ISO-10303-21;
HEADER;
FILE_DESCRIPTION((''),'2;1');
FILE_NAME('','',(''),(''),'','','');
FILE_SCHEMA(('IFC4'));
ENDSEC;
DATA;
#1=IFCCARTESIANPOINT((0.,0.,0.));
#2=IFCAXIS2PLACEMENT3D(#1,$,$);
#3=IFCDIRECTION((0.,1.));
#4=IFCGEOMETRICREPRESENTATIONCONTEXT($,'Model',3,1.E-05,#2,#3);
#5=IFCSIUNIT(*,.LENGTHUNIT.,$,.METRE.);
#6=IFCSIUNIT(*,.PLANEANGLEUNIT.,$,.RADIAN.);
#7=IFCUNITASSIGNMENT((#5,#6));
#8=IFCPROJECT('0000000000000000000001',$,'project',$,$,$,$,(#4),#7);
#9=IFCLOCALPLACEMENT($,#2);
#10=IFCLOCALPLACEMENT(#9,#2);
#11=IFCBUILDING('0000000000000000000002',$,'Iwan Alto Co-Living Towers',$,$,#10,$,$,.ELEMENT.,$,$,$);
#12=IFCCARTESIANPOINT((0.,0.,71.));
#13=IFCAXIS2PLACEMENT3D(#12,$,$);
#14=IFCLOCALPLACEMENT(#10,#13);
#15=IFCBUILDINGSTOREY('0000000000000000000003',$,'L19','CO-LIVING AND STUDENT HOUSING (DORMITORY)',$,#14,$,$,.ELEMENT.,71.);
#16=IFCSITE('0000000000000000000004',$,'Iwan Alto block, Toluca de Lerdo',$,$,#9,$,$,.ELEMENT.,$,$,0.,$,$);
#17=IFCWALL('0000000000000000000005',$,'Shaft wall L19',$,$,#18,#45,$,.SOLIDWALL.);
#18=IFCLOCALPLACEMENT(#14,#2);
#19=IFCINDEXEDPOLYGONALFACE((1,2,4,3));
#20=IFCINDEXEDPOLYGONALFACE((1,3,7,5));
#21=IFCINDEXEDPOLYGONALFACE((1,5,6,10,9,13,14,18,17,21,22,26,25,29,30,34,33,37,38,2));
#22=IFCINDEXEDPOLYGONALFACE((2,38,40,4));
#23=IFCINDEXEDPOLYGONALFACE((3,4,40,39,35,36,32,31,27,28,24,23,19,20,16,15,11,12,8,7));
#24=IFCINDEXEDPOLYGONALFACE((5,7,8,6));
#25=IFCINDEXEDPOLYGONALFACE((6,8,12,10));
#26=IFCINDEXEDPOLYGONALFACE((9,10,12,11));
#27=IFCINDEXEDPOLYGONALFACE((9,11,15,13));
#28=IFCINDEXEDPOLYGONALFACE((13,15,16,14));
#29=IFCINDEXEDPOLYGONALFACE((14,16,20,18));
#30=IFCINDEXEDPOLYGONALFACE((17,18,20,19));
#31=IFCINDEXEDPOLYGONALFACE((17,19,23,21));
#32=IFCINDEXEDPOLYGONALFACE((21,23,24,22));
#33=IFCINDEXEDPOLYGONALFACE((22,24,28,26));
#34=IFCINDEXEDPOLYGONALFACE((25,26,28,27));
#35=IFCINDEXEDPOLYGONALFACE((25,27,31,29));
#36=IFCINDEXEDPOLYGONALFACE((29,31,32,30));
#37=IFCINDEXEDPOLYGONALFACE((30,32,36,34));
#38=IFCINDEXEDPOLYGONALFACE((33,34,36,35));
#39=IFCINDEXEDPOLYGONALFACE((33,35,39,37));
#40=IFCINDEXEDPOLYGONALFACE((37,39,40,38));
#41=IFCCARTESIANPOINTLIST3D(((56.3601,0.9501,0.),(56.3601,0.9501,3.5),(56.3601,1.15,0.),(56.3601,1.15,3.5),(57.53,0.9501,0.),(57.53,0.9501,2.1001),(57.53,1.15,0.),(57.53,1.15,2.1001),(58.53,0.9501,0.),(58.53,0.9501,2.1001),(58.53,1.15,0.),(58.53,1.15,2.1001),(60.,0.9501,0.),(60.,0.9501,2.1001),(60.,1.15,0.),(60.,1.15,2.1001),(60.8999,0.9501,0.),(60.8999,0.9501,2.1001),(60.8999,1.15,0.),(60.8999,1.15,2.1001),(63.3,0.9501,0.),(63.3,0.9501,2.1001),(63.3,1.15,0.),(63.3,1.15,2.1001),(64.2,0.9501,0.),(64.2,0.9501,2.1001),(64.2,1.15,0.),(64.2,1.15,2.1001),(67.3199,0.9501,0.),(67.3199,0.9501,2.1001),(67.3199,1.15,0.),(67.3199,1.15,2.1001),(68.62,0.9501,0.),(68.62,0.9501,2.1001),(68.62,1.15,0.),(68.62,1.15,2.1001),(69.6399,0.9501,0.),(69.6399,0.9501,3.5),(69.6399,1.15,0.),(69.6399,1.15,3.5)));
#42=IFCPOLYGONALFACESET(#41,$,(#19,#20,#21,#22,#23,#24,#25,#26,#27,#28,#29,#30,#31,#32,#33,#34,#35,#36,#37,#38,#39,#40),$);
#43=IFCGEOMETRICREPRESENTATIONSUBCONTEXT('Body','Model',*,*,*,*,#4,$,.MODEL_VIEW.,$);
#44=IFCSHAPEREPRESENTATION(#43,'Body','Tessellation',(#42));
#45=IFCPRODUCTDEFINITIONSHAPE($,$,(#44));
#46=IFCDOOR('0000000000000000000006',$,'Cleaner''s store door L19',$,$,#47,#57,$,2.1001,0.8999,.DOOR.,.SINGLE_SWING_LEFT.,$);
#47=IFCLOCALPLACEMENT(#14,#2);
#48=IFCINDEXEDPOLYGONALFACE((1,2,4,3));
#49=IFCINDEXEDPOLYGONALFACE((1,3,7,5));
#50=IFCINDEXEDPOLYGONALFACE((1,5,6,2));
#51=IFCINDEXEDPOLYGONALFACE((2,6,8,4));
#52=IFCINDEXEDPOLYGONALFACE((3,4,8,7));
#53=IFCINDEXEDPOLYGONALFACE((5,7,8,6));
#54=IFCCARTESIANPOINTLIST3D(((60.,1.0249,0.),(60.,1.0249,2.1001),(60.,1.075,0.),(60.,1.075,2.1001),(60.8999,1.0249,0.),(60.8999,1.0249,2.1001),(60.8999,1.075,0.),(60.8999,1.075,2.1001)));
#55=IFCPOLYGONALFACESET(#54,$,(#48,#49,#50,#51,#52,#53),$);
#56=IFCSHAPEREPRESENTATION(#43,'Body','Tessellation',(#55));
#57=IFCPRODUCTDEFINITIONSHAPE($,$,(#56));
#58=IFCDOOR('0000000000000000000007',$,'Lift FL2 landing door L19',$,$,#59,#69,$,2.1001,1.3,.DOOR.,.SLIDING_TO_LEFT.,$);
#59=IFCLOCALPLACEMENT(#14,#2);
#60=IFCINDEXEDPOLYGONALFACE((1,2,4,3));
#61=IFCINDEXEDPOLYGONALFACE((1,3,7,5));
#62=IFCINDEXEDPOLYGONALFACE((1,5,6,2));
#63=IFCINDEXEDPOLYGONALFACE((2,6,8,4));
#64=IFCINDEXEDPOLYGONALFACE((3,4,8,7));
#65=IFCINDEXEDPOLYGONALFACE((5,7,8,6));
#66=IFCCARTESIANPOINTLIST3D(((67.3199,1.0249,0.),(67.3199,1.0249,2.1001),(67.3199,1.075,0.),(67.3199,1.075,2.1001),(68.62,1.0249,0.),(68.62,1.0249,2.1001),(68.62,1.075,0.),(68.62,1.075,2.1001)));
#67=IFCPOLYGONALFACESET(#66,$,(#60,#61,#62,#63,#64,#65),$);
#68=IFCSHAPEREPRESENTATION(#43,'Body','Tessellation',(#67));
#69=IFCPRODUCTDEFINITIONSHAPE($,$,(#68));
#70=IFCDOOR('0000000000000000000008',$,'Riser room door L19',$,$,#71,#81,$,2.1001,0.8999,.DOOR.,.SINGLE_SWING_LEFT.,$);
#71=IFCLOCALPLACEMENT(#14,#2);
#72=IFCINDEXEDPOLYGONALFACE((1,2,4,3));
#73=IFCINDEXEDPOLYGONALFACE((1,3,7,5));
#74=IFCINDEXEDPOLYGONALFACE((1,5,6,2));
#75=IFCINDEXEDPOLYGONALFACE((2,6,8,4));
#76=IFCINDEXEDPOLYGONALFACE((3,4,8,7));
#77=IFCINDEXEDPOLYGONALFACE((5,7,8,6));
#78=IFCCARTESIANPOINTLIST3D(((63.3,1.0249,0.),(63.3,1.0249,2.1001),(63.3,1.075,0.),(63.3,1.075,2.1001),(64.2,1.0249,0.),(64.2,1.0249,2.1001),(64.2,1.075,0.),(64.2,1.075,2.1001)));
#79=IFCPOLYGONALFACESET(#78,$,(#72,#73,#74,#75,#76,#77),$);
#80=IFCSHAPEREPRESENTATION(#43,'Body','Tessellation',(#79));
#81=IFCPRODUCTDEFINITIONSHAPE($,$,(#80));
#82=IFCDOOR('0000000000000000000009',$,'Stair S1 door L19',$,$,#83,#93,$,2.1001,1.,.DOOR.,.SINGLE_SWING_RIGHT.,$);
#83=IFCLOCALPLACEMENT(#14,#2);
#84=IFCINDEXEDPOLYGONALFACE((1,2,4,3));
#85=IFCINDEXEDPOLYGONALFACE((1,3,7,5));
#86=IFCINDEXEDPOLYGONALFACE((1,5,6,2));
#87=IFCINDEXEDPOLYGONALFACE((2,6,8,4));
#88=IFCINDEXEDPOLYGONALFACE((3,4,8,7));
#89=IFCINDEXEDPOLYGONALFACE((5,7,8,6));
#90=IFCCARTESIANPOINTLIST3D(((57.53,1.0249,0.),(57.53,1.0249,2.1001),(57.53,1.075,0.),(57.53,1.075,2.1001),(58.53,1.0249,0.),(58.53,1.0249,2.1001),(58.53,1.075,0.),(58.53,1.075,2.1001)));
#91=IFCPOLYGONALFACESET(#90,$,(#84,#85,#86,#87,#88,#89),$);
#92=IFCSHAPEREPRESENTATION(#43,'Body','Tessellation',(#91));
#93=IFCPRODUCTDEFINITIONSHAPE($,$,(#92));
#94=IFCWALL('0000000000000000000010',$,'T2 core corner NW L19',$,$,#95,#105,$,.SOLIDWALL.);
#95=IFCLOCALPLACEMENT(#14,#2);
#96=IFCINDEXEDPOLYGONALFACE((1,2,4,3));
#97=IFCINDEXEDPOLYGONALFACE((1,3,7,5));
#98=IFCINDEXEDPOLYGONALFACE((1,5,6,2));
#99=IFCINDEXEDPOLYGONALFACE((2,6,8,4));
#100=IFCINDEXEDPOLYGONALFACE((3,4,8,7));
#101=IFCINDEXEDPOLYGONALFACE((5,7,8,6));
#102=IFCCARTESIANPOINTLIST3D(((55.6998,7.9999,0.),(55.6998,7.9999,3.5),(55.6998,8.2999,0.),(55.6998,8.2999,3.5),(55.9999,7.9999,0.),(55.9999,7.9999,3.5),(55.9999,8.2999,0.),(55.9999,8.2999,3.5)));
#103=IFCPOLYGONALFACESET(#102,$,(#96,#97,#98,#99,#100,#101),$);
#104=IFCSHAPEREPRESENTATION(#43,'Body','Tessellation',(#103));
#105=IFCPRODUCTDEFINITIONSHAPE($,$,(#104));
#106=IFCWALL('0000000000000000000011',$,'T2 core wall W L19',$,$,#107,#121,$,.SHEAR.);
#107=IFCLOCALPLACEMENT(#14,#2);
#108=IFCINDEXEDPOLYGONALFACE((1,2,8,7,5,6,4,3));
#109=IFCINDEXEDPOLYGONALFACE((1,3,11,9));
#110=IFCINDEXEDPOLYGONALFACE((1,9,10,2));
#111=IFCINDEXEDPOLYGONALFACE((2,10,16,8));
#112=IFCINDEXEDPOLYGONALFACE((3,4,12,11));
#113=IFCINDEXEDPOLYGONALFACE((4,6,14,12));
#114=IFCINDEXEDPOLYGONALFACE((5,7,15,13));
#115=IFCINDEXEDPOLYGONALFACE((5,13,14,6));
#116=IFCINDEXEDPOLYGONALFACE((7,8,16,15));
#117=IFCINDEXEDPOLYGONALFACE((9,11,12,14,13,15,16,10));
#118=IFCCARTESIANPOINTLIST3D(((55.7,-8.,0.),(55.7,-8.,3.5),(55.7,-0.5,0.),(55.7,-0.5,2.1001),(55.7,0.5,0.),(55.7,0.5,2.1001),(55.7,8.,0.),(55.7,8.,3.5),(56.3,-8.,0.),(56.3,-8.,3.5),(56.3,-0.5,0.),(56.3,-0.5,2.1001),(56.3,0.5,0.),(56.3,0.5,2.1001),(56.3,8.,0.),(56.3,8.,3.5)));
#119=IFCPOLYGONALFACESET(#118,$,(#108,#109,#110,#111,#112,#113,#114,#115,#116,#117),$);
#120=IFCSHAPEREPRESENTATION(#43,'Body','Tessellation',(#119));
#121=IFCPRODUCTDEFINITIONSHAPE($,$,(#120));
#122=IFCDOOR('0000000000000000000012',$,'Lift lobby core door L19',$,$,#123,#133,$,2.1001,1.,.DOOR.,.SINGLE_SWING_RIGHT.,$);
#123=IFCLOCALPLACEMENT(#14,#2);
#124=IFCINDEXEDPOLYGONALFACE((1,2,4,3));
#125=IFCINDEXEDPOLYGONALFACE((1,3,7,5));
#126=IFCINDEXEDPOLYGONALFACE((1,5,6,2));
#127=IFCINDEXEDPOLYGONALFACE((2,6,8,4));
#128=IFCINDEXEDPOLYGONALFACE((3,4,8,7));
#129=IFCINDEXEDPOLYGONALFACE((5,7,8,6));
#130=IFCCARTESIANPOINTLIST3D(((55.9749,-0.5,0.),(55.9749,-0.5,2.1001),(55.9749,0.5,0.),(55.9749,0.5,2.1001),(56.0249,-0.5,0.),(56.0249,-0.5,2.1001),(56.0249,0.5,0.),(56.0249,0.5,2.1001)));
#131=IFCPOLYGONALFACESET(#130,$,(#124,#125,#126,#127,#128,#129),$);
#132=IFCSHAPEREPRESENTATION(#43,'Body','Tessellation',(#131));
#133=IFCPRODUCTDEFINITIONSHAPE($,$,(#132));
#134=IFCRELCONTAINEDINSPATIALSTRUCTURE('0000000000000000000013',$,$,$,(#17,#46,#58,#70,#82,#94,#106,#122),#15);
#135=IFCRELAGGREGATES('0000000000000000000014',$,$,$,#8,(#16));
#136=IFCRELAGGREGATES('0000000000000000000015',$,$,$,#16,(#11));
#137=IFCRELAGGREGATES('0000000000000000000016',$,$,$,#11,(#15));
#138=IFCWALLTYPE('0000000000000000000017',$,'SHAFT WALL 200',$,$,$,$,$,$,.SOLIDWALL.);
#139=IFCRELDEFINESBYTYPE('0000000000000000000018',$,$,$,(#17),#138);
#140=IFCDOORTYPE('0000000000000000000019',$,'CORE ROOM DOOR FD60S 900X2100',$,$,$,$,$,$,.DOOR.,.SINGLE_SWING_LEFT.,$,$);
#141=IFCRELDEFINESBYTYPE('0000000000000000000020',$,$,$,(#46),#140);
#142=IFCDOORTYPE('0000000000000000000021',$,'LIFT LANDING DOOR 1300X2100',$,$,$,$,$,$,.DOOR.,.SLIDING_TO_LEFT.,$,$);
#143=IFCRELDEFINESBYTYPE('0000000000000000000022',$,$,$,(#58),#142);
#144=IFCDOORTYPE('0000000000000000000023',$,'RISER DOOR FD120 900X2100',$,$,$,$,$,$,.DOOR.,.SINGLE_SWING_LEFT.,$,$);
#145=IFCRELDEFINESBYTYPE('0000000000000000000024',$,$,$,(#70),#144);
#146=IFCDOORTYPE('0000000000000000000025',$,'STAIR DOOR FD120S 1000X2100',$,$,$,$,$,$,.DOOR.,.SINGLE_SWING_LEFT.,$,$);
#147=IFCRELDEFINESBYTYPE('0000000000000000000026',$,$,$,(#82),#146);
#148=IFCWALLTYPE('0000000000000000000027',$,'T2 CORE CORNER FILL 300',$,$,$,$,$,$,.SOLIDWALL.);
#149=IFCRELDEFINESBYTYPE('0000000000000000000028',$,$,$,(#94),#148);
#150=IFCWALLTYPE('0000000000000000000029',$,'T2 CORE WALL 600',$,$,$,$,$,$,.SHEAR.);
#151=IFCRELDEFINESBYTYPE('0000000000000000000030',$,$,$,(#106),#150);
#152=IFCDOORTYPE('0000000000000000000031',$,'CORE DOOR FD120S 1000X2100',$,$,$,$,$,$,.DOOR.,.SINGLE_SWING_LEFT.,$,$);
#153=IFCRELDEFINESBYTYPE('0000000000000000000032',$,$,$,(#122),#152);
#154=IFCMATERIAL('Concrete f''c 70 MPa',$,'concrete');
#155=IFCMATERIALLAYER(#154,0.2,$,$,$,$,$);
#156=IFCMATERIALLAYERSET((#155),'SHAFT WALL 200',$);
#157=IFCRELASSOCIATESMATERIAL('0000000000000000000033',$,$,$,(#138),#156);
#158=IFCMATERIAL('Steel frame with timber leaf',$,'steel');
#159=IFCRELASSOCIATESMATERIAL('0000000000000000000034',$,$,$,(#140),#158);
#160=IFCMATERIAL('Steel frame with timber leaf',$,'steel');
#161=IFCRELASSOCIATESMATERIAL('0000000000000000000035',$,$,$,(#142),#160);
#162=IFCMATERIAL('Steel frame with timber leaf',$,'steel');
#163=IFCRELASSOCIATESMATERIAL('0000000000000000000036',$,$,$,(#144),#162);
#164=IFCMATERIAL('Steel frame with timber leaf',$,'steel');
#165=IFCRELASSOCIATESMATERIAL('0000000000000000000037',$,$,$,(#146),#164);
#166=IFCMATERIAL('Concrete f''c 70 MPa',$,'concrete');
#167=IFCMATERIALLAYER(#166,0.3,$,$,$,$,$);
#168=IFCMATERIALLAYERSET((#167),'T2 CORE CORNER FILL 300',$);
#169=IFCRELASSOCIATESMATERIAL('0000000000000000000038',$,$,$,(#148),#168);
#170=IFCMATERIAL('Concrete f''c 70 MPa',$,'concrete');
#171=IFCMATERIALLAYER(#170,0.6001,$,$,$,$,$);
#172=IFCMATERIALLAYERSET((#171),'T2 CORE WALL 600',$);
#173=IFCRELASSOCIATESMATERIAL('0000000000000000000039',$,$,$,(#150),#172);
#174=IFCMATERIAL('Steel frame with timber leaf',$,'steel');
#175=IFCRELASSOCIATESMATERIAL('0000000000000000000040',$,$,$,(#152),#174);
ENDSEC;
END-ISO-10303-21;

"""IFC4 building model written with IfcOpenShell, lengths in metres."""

from ifc_helpers import new_model, si_unit, direction, frame, frame_2d, origin, place, context, subcontext, project, spatial, rectangle, extrude, material, layer, layer_set, type_object, element, fill, save


model = new_model("IFC4")

# Units and contexts
model_context = context("Model", 3, precision=1e-05, world=origin(), true_north=direction((0.0, 1.0)))
body_context = subcontext(model_context, "Body", "Model", "MODEL_VIEW")
ifc_project = project(units=[si_unit("LENGTHUNIT", "METRE"), si_unit("PLANEANGLEUNIT", "RADIAN")], contexts=[model_context])

# Site, building, storey
site_placement = place(None, origin())
site = spatial("IfcSite", under=ifc_project, at=site_placement, Name="Iwan Alto block, Toluca de Lerdo", CompositionType="ELEMENT", RefElevation=0.0)
building_placement = place(site_placement, origin())
building = spatial("IfcBuilding", under=site, at=building_placement, Name="Iwan Alto Co-Living Towers", CompositionType="ELEMENT")
storey_placement = place(building_placement, frame((0.0, 0.0, 71.0)))
storey = spatial("IfcBuildingStorey", under=building, at=storey_placement, Name="L19", Description="CO-LIVING AND STUDENT HOUSING (DORMITORY)", CompositionType="ELEMENT", Elevation=71.0)

# Wall, openings, doors
ifc_material_1 = material(Name="Concrete f'c 70 MPa", Category="concrete")
ifc_layer_1 = layer(ifc_material_1, 0.2)
ifc_layer_set_1 = layer_set([ifc_layer_1], Name="SHAFT WALL 200")
wall_type_1 = type_object("IfcWallType", Name="SHAFT WALL 200", PredefinedType="SOLIDWALL", material=ifc_layer_set_1)
wall_1_placement = place(storey_placement, frame((56.3601, 1.05, 0.0), z_axis=(0.0, 0.0, 1.0), x_axis=(1.0, 0.0, 0.0)))
wall_1 = element("IfcWall", 1, at=wall_1_placement, inside=storey, type_object=wall_type_1, Name="Shaft wall L19", PredefinedType="SOLIDWALL", context=body_context, shape_type="SweptSolid", body=[
    extrude(rectangle(XDim=13.2798, YDim=0.2, at=frame_2d((6.6399, 0.0))), origin(), (0.0, 0.0, 1.0), 3.5),
])
opening_1_placement = place(wall_1_placement, frame((1.1699, 0.0, 0.0)))
opening_1 = element("IfcOpeningElement", 2, at=opening_1_placement, cuts=wall_1, PredefinedType="OPENING", context=body_context, shape_type="SweptSolid", body=[
    extrude(rectangle(XDim=1.0, YDim=2.1001, at=frame_2d((0.5, 1.05))), frame((0.0, 0.1099, 0.0), z_axis=(0.0, -1.0, 0.0), x_axis=(1.0, 0.0, 0.0)), (0.0, 0.0, 1.0), 0.22),
])
opening_2_placement = place(wall_1_placement, frame((6.9399, 0.0, 0.0)))
opening_2 = element("IfcOpeningElement", 3, at=opening_2_placement, cuts=wall_1, PredefinedType="OPENING", context=body_context, shape_type="SweptSolid", body=[
    extrude(rectangle(XDim=0.8999, YDim=2.1001, at=frame_2d((0.45, 1.05))), frame((0.0, 0.1099, 0.0), z_axis=(0.0, -1.0, 0.0), x_axis=(1.0, 0.0, 0.0)), (0.0, 0.0, 1.0), 0.22),
])
opening_3_placement = place(wall_1_placement, frame((3.6399, 0.0, 0.0)))
opening_3 = element("IfcOpeningElement", 4, at=opening_3_placement, cuts=wall_1, PredefinedType="OPENING", context=body_context, shape_type="SweptSolid", body=[
    extrude(rectangle(XDim=0.8999, YDim=2.1001, at=frame_2d((0.45, 1.05))), frame((0.0, 0.1099, 0.0), z_axis=(0.0, -1.0, 0.0), x_axis=(1.0, 0.0, 0.0)), (0.0, 0.0, 1.0), 0.22),
])
opening_4_placement = place(wall_1_placement, frame((10.96, 0.0, 0.0)))
opening_4 = element("IfcOpeningElement", 5, at=opening_4_placement, cuts=wall_1, PredefinedType="OPENING", context=body_context, shape_type="SweptSolid", body=[
    extrude(rectangle(XDim=1.3, YDim=2.1001, at=frame_2d((0.6499, 1.05))), frame((0.0, 0.1099, 0.0), z_axis=(0.0, -1.0, 0.0), x_axis=(1.0, 0.0, 0.0)), (0.0, 0.0, 1.0), 0.22),
])
ifc_material_2 = material(Name="Steel frame with timber leaf", Category="steel")
door_type_1 = type_object("IfcDoorType", Name="CORE ROOM DOOR FD60S 900X2100", OperationType="SINGLE_SWING_LEFT", PredefinedType="DOOR", material=ifc_material_2)
door_1_placement = place(opening_3_placement, origin())
door_1 = element("IfcDoor", 6, at=door_1_placement, inside=storey, type_object=door_type_1, Name="Cleaner's store door L19", OperationType="SINGLE_SWING_LEFT", OverallHeight=2.1001, OverallWidth=0.8999, PredefinedType="DOOR", context=body_context, shape_type="SweptSolid", body=[
    extrude(rectangle(XDim=0.8999, YDim=2.1001, at=frame_2d((0.45, 1.05))), frame((0.0, 0.0249, 0.0), z_axis=(0.0, -1.0, 0.0), x_axis=(1.0, 0.0, 0.0)), (0.0, 0.0, 1.0), 0.05),
])
fill(opening_3, door_1)
ifc_material_3 = material(Name="Steel frame with timber leaf", Category="steel")
door_type_2 = type_object("IfcDoorType", Name="LIFT LANDING DOOR 1300X2100", OperationType="SLIDING_TO_LEFT", PredefinedType="DOOR", material=ifc_material_3)
door_2_placement = place(opening_4_placement, origin())
door_2 = element("IfcDoor", 7, at=door_2_placement, inside=storey, type_object=door_type_2, Name="Lift FL2 landing door L19", OperationType="SLIDING_TO_LEFT", OverallHeight=2.1001, OverallWidth=1.3, PredefinedType="DOOR", context=body_context, shape_type="SweptSolid", body=[
    extrude(rectangle(XDim=1.3, YDim=2.1001, at=frame_2d((0.6499, 1.05))), frame((0.0, 0.0249, 0.0), z_axis=(0.0, -1.0, 0.0), x_axis=(1.0, 0.0, 0.0)), (0.0, 0.0, 1.0), 0.05),
])
fill(opening_4, door_2)
ifc_material_4 = material(Name="Steel frame with timber leaf", Category="steel")
door_type_3 = type_object("IfcDoorType", Name="RISER DOOR FD120 900X2100", OperationType="SINGLE_SWING_LEFT", PredefinedType="DOOR", material=ifc_material_4)
door_3_placement = place(opening_2_placement, origin())
door_3 = element("IfcDoor", 8, at=door_3_placement, inside=storey, type_object=door_type_3, Name="Riser room door L19", OperationType="SINGLE_SWING_LEFT", OverallHeight=2.1001, OverallWidth=0.8999, PredefinedType="DOOR", context=body_context, shape_type="SweptSolid", body=[
    extrude(rectangle(XDim=0.8999, YDim=2.1001, at=frame_2d((0.45, 1.05))), frame((0.0, 0.0249, 0.0), z_axis=(0.0, -1.0, 0.0), x_axis=(1.0, 0.0, 0.0)), (0.0, 0.0, 1.0), 0.05),
])
fill(opening_2, door_3)
ifc_material_5 = material(Name="Steel frame with timber leaf", Category="steel")
door_type_4 = type_object("IfcDoorType", Name="STAIR DOOR FD120S 1000X2100", OperationType="SINGLE_SWING_LEFT", PredefinedType="DOOR", material=ifc_material_5)
door_4_placement = place(opening_1_placement, origin())
door_4 = element("IfcDoor", 9, at=door_4_placement, inside=storey, type_object=door_type_4, Name="Stair S1 door L19", OperationType="SINGLE_SWING_RIGHT", OverallHeight=2.1001, OverallWidth=1.0, PredefinedType="DOOR", context=body_context, shape_type="SweptSolid", body=[
    extrude(rectangle(XDim=1.0, YDim=2.1001, at=frame_2d((0.5, 1.05))), frame((0.0, 0.0249, 0.0), z_axis=(0.0, -1.0, 0.0), x_axis=(1.0, 0.0, 0.0)), (0.0, 0.0, 1.0), 0.05),
])
fill(opening_1, door_4)

# Wall
ifc_material_6 = material(Name="Concrete f'c 70 MPa", Category="concrete")
ifc_layer_2 = layer(ifc_material_6, 0.3)
ifc_layer_set_2 = layer_set([ifc_layer_2], Name="T2 CORE CORNER FILL 300")
wall_type_2 = type_object("IfcWallType", Name="T2 CORE CORNER FILL 300", PredefinedType="SOLIDWALL", material=ifc_layer_set_2)
wall_2_placement = place(storey_placement, frame((55.7, 8.1499, 0.0), z_axis=(0.0, 0.0, 1.0), x_axis=(1.0, 0.0, 0.0)))
element("IfcWall", 10, at=wall_2_placement, inside=storey, type_object=wall_type_2, Name="T2 core corner NW L19", PredefinedType="SOLIDWALL", context=body_context, shape_type="SweptSolid", body=[
    extrude(rectangle(XDim=0.3, YDim=0.3, at=frame_2d((0.1499, 0.0))), origin(), (0.0, 0.0, 1.0), 3.5),
])

# Wall, opening, door
ifc_material_7 = material(Name="Concrete f'c 70 MPa", Category="concrete")
ifc_layer_3 = layer(ifc_material_7, 0.6001)
ifc_layer_set_3 = layer_set([ifc_layer_3], Name="T2 CORE WALL 600")
wall_type_3 = type_object("IfcWallType", Name="T2 CORE WALL 600", PredefinedType="SHEAR", material=ifc_layer_set_3)
wall_3_placement = place(storey_placement, frame((56.0, 8.0, 0.0), z_axis=(0.0, 0.0, 1.0), x_axis=(0.0, -1.0, 0.0)))
wall_3 = element("IfcWall", 11, at=wall_3_placement, inside=storey, type_object=wall_type_3, Name="T2 core wall W L19", PredefinedType="SHEAR", context=body_context, shape_type="SweptSolid", body=[
    extrude(rectangle(XDim=16.0, YDim=0.6001, at=frame_2d((8.0, 0.0))), origin(), (0.0, 0.0, 1.0), 3.5),
])
opening_5_placement = place(wall_3_placement, frame((7.5, 0.0, 0.0)))
opening_5 = element("IfcOpeningElement", 12, at=opening_5_placement, cuts=wall_3, PredefinedType="OPENING", context=body_context, shape_type="SweptSolid", body=[
    extrude(rectangle(XDim=1.0, YDim=2.1001, at=frame_2d((0.5, 1.05))), frame((0.0, 0.3101, 0.0), z_axis=(0.0, -1.0, 0.0), x_axis=(1.0, 0.0, 0.0)), (0.0, 0.0, 1.0), 0.6201),
])
ifc_material_8 = material(Name="Steel frame with timber leaf", Category="steel")
door_type_5 = type_object("IfcDoorType", Name="CORE DOOR FD120S 1000X2100", OperationType="SINGLE_SWING_LEFT", PredefinedType="DOOR", material=ifc_material_8)
door_5_placement = place(opening_5_placement, origin())
door_5 = element("IfcDoor", 13, at=door_5_placement, inside=storey, type_object=door_type_5, Name="Lift lobby core door L19", OperationType="SINGLE_SWING_RIGHT", OverallHeight=2.1001, OverallWidth=1.0, PredefinedType="DOOR", context=body_context, shape_type="SweptSolid", body=[
    extrude(rectangle(XDim=1.0, YDim=2.1001, at=frame_2d((0.5, 1.05))), frame((0.0, 0.0249, 0.0), z_axis=(0.0, -1.0, 0.0), x_axis=(1.0, 0.0, 0.0)), (0.0, 0.0, 1.0), 0.05),
])
fill(opening_5, door_5)

save(model, "model.ifc")
